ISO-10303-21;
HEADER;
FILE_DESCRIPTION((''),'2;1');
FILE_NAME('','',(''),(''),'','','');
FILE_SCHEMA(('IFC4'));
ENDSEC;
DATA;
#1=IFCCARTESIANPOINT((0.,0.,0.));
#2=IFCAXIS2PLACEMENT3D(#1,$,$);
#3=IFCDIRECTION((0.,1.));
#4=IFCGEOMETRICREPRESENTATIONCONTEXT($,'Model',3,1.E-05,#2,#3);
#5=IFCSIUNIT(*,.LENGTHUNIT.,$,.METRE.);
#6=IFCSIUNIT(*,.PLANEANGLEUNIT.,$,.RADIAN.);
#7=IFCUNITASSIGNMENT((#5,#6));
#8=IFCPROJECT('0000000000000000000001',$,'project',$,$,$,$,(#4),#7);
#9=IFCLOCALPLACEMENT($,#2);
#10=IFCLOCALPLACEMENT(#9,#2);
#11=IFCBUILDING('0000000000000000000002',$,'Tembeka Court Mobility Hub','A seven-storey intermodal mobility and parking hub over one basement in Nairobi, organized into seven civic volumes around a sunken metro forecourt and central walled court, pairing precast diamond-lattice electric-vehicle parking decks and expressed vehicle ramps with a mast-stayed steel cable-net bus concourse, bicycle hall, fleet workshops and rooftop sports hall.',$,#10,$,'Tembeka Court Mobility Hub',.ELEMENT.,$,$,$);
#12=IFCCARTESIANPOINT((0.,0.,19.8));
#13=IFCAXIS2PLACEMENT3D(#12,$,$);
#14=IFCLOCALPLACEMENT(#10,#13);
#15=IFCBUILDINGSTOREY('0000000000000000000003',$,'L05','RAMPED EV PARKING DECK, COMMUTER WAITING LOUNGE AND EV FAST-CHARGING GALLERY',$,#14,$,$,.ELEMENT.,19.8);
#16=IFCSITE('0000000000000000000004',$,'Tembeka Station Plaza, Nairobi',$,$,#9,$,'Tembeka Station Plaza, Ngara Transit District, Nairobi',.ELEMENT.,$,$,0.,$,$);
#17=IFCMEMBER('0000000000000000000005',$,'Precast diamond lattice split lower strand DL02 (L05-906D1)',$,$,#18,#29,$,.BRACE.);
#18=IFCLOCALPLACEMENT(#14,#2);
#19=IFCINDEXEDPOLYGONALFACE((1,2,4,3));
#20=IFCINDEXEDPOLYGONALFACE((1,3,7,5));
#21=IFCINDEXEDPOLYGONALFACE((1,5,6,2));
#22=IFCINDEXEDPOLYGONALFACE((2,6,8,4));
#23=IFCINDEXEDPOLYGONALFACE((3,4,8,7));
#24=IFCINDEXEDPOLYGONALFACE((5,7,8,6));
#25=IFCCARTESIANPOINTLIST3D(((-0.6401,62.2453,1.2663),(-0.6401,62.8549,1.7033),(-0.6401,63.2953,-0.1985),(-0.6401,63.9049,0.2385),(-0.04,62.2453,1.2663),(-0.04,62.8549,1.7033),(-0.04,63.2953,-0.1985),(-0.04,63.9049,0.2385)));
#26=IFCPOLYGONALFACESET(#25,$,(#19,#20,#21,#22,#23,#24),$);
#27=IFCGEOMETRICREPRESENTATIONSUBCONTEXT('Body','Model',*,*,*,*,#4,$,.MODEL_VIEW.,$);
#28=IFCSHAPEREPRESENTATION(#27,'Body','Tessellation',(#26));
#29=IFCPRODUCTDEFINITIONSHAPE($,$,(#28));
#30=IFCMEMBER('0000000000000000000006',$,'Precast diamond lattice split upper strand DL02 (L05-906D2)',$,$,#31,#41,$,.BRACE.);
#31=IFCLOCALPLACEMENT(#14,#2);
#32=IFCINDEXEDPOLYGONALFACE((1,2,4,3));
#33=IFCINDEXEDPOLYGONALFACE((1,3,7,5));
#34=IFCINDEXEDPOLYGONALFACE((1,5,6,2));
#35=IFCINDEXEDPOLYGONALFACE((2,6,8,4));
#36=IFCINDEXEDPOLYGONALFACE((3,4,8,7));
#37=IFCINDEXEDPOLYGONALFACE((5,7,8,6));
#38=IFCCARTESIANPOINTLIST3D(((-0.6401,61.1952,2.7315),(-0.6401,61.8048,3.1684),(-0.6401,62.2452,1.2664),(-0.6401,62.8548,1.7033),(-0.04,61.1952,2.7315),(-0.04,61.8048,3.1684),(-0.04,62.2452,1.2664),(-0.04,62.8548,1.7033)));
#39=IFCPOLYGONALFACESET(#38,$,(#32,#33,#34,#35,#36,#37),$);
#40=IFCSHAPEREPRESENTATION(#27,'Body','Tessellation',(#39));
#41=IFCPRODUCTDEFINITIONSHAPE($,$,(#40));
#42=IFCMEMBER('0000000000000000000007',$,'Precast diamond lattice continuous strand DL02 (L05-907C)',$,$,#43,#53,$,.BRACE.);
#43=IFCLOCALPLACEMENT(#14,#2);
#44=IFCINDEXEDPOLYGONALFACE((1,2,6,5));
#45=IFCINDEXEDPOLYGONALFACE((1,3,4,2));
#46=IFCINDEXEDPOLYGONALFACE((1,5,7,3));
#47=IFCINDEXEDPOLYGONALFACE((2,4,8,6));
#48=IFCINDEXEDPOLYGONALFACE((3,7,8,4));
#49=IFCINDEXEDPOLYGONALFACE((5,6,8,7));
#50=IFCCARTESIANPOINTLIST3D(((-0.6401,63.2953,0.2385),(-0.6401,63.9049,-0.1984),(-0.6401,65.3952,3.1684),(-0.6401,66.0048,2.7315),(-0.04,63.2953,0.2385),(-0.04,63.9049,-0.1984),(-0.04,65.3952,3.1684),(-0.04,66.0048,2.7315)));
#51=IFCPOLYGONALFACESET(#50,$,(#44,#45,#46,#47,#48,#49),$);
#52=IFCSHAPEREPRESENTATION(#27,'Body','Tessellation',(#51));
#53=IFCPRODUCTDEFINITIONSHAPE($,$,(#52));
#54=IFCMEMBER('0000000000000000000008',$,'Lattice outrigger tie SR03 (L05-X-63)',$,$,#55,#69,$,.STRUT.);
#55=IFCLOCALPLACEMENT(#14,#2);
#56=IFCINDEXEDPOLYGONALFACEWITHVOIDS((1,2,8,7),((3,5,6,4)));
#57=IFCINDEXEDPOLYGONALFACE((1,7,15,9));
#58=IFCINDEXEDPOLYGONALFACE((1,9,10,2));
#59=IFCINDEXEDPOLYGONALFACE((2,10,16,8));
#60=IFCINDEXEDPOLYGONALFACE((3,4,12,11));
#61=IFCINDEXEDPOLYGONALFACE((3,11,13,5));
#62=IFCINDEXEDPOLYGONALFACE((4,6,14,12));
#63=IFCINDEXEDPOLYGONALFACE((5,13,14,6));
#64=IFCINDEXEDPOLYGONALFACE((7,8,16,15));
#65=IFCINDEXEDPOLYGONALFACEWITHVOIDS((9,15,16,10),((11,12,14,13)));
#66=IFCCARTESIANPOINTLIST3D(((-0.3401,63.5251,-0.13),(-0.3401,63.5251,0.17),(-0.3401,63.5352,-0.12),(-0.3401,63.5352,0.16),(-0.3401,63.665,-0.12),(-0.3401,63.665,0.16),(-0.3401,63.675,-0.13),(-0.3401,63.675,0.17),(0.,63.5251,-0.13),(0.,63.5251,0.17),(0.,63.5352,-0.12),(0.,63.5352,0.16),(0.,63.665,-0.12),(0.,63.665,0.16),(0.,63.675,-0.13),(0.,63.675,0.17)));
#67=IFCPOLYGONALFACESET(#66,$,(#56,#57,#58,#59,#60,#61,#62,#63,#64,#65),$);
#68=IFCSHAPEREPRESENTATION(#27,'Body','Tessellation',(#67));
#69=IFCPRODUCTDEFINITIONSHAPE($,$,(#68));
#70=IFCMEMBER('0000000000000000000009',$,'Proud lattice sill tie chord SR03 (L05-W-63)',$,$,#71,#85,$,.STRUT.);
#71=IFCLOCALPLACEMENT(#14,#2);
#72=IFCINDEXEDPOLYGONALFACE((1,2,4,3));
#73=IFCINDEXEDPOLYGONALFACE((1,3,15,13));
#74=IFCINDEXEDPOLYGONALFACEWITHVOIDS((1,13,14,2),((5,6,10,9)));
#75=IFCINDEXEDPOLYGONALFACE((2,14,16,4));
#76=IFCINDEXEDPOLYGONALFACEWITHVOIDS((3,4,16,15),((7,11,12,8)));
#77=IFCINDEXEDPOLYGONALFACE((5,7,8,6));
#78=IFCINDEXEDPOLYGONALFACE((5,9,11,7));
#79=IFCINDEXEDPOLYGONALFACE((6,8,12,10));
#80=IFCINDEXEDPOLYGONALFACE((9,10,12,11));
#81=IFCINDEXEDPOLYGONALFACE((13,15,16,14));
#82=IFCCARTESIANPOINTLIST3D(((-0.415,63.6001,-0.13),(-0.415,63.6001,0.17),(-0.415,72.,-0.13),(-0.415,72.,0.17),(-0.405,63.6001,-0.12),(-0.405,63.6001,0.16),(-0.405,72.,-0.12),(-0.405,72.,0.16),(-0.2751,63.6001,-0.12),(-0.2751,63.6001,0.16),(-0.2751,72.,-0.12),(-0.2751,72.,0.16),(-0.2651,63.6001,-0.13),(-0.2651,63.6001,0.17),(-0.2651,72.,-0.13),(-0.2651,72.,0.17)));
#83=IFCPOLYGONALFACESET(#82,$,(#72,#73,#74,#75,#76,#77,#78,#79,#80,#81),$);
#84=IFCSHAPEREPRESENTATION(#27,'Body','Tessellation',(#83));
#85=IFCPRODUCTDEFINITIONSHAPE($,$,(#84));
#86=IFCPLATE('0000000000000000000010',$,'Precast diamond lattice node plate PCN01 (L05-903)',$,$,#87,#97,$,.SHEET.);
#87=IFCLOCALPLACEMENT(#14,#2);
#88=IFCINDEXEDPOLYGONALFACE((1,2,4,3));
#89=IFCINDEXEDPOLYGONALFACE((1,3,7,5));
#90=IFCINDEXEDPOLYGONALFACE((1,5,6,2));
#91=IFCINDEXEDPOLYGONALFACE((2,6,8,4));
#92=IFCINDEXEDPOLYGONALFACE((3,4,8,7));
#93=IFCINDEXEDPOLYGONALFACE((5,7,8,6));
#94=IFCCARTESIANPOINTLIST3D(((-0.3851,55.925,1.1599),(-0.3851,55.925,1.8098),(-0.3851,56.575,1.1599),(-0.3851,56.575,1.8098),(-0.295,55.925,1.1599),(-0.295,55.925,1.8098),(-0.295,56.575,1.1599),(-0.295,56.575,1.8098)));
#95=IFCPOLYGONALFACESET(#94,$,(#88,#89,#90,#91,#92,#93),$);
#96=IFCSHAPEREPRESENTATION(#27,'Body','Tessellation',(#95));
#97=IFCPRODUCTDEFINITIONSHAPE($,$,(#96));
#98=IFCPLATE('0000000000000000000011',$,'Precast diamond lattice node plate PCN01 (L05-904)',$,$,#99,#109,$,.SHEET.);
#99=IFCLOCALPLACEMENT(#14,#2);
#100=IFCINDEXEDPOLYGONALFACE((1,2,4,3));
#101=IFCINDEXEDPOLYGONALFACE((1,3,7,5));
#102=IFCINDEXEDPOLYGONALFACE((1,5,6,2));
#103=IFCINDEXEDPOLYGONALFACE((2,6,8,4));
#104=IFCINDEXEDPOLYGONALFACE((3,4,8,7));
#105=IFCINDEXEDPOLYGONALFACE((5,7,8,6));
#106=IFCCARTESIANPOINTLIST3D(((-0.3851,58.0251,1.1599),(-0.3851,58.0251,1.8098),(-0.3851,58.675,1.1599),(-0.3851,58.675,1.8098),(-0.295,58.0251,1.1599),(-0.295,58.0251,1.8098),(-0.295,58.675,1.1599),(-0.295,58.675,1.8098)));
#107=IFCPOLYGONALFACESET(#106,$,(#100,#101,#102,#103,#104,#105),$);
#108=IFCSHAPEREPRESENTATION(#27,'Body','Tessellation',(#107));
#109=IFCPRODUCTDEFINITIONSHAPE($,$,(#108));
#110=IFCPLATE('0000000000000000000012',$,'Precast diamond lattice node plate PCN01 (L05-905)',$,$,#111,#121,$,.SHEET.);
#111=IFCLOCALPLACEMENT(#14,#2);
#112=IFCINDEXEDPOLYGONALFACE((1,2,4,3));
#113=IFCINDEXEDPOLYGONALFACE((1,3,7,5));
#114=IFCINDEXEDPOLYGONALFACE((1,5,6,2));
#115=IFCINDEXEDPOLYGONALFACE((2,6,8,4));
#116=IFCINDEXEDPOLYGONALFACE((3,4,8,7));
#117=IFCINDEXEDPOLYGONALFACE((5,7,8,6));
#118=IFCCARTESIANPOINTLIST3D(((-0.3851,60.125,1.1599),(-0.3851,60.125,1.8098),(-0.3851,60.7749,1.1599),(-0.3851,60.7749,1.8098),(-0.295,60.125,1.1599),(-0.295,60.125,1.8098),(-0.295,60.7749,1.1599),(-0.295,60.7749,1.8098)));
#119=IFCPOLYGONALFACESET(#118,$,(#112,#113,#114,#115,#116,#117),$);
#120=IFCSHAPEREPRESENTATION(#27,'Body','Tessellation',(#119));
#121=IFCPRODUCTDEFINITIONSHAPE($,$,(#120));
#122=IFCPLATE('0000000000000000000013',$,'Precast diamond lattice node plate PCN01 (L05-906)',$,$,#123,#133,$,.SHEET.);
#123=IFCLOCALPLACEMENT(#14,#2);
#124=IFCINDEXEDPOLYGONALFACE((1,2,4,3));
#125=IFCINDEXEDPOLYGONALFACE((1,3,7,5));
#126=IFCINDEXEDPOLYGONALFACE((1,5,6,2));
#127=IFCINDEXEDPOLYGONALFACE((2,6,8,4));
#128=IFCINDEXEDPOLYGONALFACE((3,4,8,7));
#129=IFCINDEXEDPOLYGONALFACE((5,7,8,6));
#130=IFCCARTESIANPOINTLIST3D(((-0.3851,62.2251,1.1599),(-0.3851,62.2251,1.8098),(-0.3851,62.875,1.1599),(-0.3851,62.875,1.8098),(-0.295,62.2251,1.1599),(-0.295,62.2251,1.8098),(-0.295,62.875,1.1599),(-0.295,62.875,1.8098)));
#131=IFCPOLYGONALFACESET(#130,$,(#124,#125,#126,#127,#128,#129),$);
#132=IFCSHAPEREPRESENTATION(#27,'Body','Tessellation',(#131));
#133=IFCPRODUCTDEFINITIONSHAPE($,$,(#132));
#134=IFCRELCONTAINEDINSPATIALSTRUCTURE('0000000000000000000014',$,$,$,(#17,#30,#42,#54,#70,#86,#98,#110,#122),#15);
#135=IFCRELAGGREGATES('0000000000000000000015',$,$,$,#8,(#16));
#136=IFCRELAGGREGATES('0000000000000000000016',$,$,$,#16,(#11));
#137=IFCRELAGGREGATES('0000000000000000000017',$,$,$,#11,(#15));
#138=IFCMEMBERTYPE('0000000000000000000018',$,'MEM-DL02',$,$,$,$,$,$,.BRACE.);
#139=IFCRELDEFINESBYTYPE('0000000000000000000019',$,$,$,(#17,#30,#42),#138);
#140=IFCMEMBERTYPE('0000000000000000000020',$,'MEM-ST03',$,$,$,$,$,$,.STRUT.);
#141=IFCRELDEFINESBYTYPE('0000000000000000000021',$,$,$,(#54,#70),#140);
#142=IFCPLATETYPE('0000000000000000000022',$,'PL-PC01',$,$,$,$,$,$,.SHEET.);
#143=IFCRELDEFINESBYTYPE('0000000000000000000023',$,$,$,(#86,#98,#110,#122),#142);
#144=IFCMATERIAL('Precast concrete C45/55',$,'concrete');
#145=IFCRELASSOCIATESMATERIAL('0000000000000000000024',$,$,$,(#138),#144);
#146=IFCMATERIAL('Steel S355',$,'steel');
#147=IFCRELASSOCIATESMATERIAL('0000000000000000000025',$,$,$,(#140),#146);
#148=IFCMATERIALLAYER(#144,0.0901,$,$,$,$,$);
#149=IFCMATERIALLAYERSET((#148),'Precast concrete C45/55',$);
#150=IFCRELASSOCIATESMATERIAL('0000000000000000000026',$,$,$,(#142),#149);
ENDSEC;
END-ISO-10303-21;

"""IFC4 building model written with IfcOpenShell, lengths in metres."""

from ifc_helpers import new_model, si_unit, direction, frame, origin, origin_2d, place, context, subcontext, project, spatial, rectangle, hollow_rectangle, extrude, material, layer, layer_set, material_profile, profile_set, type_object, element, save


model = new_model("IFC4")

# Units and contexts
model_context = context("Model", 3, precision=1e-05, world=origin(), true_north=direction((0.0, 1.0)))
body_context = subcontext(model_context, "Body", "Model", "MODEL_VIEW")
ifc_project = project(units=[si_unit("LENGTHUNIT", "METRE"), si_unit("PLANEANGLEUNIT", "RADIAN")], contexts=[model_context])

# Site, building, storey
site_placement = place(None, origin())
site = spatial("IfcSite", under=ifc_project, at=site_placement, Name="Tembeka Station Plaza, Nairobi", LongName="Tembeka Station Plaza, Ngara Transit District, Nairobi", CompositionType="ELEMENT", RefElevation=0.0)
building_placement = place(site_placement, origin())
building = spatial("IfcBuilding", under=site, at=building_placement, Name="Tembeka Court Mobility Hub", Description="A seven-storey intermodal mobility and parking hub over one basement in Nairobi, organized into seven civic volumes around a sunken metro forecourt and central walled court, pairing precast diamond-lattice electric-vehicle parking decks and expressed vehicle ramps with a mast-stayed steel cable-net bus concourse, bicycle hall, fleet workshops and rooftop sports hall.", LongName="Tembeka Court Mobility Hub", CompositionType="ELEMENT")
storey_placement = place(building_placement, frame((0.0, 0.0, 19.8)))
storey = spatial("IfcBuildingStorey", under=building, at=storey_placement, Name="L05", Description="RAMPED EV PARKING DECK, COMMUTER WAITING LOUNGE AND EV FAST-CHARGING GALLERY", CompositionType="ELEMENT", Elevation=19.8)

# Shared definitions
ifc_material_1 = material(Name="Steel S355", Category="steel")

# Shared definitions
ifc_material_2 = material(Name="Precast concrete C45/55", Category="concrete")

# Members
ifc_material_profile_1 = material_profile(ifc_material_2, rectangle(XDim=0.6001, YDim=0.75, at=origin_2d()), Name="PC-DIAG 600x750")
ifc_profile_set_1 = profile_set([ifc_material_profile_1], Name="Precast concrete C45/55")
member_type_1 = type_object("IfcMemberType", Name="MEM-DL02", PredefinedType="BRACE", material=ifc_profile_set_1)
member_1_placement = place(storey_placement, frame((-0.3401, 63.6001, 0.02), z_axis=(0.0, -0.582608, 0.812753), x_axis=(1.0, 0.0, 0.0)))
element("IfcMember", 1, at=member_1_placement, inside=storey, type_object=member_type_1, Name="Precast diamond lattice split lower strand DL02 (L05-906D1)", PredefinedType="BRACE", context=body_context, shape_type="SweptSolid", body=[
    extrude(rectangle(XDim=0.6001, YDim=0.75, at=origin_2d()), origin(), (0.0, 0.0, 1.0), 1.8022),
])
member_2_placement = place(storey_placement, frame((-0.3401, 62.55, 1.4849), z_axis=(0.0, -0.582544, 0.812799), x_axis=(1.0, 0.0, 0.0)))
element("IfcMember", 2, at=member_2_placement, inside=storey, type_object=member_type_1, Name="Precast diamond lattice split upper strand DL02 (L05-906D2)", PredefinedType="BRACE", context=body_context, shape_type="SweptSolid", body=[
    extrude(rectangle(XDim=0.6001, YDim=0.75, at=origin_2d()), origin(), (0.0, 0.0, 1.0), 1.8025),
])
member_3_placement = place(storey_placement, frame((-0.3401, 63.6001, 0.02), z_axis=(0.0, 0.582532, 0.812808), x_axis=(-1.0, 0.0, 0.0)))
element("IfcMember", 3, at=member_3_placement, inside=storey, type_object=member_type_1, Name="Precast diamond lattice continuous strand DL02 (L05-907C)", PredefinedType="BRACE", context=body_context, shape_type="SweptSolid", body=[
    extrude(rectangle(XDim=0.6001, YDim=0.75, at=origin_2d()), origin(), (0.0, 0.0, 1.0), 3.6047),
])
ifc_material_profile_2 = material_profile(ifc_material_1, hollow_rectangle(XDim=0.1499, YDim=0.3, WallThickness=0.01, at=origin_2d()), Name="RHS 300x150x10")
ifc_profile_set_2 = profile_set([ifc_material_profile_2], Name="Steel S355")
member_type_2 = type_object("IfcMemberType", Name="MEM-ST03", PredefinedType="STRUT", material=ifc_profile_set_2)
member_4_placement = place(storey_placement, frame((0.0, 63.6001, 0.02), z_axis=(-1.0, 0.0, 0.0), x_axis=(0.0, -1.0, 0.0)))
element("IfcMember", 4, at=member_4_placement, inside=storey, type_object=member_type_2, Name="Lattice outrigger tie SR03 (L05-X-63)", PredefinedType="STRUT", context=body_context, shape_type="SweptSolid", body=[
    extrude(hollow_rectangle(XDim=0.1499, YDim=0.3, WallThickness=0.01, at=origin_2d()), origin(), (0.0, 0.0, 1.0), 0.3401),
])
member_5_placement = place(storey_placement, frame((-0.3401, 63.6001, 0.02), z_axis=(0.0, 1.0, 0.0), x_axis=(-1.0, 0.0, 0.0)))
element("IfcMember", 5, at=member_5_placement, inside=storey, type_object=member_type_2, Name="Proud lattice sill tie chord SR03 (L05-W-63)", PredefinedType="STRUT", context=body_context, shape_type="SweptSolid", body=[
    extrude(hollow_rectangle(XDim=0.1499, YDim=0.3, WallThickness=0.01, at=origin_2d()), origin(), (0.0, 0.0, 1.0), 8.3999),
])

# Plates
ifc_layer = layer(ifc_material_2, 0.0901)
ifc_layer_set = layer_set([ifc_layer], Name="Precast concrete C45/55")
plate_type = type_object("IfcPlateType", Name="PL-PC01", PredefinedType="SHEET", material=ifc_layer_set)
for number, where, z_axis, x_axis, name in (
    (6, (-0.3401, 56.25, 1.1599), (0.0, 0.0, 1.0), (1.0, 0.0, 0.0), "Precast diamond lattice node plate PCN01 (L05-903)"),
    (7, (-0.3401, 58.3501, 1.1599), (0.0, 0.0, 1.0), (1.0, 0.0, 0.0), "Precast diamond lattice node plate PCN01 (L05-904)"),
    (8, (-0.3401, 60.45, 1.1599), (0.0, 0.0, 1.0), (1.0, 0.0, 0.0), "Precast diamond lattice node plate PCN01 (L05-905)"),
    (9, (-0.3401, 62.55, 1.1599), (0.0, 0.0, 1.0), (1.0, 0.0, 0.0), "Precast diamond lattice node plate PCN01 (L05-906)"),
):
    element("IfcPlate", number, at=place(storey_placement, frame(where, z_axis=z_axis, x_axis=x_axis)), inside=storey, type_object=plate_type, Name=name, PredefinedType="SHEET", context=body_context, shape_type="SweptSolid", body=[
        extrude(rectangle(XDim=0.0901, YDim=0.6499, at=origin_2d()), origin(), (0.0, 0.0, 1.0), 0.6499),
    ])

save(model, "model.ifc")
